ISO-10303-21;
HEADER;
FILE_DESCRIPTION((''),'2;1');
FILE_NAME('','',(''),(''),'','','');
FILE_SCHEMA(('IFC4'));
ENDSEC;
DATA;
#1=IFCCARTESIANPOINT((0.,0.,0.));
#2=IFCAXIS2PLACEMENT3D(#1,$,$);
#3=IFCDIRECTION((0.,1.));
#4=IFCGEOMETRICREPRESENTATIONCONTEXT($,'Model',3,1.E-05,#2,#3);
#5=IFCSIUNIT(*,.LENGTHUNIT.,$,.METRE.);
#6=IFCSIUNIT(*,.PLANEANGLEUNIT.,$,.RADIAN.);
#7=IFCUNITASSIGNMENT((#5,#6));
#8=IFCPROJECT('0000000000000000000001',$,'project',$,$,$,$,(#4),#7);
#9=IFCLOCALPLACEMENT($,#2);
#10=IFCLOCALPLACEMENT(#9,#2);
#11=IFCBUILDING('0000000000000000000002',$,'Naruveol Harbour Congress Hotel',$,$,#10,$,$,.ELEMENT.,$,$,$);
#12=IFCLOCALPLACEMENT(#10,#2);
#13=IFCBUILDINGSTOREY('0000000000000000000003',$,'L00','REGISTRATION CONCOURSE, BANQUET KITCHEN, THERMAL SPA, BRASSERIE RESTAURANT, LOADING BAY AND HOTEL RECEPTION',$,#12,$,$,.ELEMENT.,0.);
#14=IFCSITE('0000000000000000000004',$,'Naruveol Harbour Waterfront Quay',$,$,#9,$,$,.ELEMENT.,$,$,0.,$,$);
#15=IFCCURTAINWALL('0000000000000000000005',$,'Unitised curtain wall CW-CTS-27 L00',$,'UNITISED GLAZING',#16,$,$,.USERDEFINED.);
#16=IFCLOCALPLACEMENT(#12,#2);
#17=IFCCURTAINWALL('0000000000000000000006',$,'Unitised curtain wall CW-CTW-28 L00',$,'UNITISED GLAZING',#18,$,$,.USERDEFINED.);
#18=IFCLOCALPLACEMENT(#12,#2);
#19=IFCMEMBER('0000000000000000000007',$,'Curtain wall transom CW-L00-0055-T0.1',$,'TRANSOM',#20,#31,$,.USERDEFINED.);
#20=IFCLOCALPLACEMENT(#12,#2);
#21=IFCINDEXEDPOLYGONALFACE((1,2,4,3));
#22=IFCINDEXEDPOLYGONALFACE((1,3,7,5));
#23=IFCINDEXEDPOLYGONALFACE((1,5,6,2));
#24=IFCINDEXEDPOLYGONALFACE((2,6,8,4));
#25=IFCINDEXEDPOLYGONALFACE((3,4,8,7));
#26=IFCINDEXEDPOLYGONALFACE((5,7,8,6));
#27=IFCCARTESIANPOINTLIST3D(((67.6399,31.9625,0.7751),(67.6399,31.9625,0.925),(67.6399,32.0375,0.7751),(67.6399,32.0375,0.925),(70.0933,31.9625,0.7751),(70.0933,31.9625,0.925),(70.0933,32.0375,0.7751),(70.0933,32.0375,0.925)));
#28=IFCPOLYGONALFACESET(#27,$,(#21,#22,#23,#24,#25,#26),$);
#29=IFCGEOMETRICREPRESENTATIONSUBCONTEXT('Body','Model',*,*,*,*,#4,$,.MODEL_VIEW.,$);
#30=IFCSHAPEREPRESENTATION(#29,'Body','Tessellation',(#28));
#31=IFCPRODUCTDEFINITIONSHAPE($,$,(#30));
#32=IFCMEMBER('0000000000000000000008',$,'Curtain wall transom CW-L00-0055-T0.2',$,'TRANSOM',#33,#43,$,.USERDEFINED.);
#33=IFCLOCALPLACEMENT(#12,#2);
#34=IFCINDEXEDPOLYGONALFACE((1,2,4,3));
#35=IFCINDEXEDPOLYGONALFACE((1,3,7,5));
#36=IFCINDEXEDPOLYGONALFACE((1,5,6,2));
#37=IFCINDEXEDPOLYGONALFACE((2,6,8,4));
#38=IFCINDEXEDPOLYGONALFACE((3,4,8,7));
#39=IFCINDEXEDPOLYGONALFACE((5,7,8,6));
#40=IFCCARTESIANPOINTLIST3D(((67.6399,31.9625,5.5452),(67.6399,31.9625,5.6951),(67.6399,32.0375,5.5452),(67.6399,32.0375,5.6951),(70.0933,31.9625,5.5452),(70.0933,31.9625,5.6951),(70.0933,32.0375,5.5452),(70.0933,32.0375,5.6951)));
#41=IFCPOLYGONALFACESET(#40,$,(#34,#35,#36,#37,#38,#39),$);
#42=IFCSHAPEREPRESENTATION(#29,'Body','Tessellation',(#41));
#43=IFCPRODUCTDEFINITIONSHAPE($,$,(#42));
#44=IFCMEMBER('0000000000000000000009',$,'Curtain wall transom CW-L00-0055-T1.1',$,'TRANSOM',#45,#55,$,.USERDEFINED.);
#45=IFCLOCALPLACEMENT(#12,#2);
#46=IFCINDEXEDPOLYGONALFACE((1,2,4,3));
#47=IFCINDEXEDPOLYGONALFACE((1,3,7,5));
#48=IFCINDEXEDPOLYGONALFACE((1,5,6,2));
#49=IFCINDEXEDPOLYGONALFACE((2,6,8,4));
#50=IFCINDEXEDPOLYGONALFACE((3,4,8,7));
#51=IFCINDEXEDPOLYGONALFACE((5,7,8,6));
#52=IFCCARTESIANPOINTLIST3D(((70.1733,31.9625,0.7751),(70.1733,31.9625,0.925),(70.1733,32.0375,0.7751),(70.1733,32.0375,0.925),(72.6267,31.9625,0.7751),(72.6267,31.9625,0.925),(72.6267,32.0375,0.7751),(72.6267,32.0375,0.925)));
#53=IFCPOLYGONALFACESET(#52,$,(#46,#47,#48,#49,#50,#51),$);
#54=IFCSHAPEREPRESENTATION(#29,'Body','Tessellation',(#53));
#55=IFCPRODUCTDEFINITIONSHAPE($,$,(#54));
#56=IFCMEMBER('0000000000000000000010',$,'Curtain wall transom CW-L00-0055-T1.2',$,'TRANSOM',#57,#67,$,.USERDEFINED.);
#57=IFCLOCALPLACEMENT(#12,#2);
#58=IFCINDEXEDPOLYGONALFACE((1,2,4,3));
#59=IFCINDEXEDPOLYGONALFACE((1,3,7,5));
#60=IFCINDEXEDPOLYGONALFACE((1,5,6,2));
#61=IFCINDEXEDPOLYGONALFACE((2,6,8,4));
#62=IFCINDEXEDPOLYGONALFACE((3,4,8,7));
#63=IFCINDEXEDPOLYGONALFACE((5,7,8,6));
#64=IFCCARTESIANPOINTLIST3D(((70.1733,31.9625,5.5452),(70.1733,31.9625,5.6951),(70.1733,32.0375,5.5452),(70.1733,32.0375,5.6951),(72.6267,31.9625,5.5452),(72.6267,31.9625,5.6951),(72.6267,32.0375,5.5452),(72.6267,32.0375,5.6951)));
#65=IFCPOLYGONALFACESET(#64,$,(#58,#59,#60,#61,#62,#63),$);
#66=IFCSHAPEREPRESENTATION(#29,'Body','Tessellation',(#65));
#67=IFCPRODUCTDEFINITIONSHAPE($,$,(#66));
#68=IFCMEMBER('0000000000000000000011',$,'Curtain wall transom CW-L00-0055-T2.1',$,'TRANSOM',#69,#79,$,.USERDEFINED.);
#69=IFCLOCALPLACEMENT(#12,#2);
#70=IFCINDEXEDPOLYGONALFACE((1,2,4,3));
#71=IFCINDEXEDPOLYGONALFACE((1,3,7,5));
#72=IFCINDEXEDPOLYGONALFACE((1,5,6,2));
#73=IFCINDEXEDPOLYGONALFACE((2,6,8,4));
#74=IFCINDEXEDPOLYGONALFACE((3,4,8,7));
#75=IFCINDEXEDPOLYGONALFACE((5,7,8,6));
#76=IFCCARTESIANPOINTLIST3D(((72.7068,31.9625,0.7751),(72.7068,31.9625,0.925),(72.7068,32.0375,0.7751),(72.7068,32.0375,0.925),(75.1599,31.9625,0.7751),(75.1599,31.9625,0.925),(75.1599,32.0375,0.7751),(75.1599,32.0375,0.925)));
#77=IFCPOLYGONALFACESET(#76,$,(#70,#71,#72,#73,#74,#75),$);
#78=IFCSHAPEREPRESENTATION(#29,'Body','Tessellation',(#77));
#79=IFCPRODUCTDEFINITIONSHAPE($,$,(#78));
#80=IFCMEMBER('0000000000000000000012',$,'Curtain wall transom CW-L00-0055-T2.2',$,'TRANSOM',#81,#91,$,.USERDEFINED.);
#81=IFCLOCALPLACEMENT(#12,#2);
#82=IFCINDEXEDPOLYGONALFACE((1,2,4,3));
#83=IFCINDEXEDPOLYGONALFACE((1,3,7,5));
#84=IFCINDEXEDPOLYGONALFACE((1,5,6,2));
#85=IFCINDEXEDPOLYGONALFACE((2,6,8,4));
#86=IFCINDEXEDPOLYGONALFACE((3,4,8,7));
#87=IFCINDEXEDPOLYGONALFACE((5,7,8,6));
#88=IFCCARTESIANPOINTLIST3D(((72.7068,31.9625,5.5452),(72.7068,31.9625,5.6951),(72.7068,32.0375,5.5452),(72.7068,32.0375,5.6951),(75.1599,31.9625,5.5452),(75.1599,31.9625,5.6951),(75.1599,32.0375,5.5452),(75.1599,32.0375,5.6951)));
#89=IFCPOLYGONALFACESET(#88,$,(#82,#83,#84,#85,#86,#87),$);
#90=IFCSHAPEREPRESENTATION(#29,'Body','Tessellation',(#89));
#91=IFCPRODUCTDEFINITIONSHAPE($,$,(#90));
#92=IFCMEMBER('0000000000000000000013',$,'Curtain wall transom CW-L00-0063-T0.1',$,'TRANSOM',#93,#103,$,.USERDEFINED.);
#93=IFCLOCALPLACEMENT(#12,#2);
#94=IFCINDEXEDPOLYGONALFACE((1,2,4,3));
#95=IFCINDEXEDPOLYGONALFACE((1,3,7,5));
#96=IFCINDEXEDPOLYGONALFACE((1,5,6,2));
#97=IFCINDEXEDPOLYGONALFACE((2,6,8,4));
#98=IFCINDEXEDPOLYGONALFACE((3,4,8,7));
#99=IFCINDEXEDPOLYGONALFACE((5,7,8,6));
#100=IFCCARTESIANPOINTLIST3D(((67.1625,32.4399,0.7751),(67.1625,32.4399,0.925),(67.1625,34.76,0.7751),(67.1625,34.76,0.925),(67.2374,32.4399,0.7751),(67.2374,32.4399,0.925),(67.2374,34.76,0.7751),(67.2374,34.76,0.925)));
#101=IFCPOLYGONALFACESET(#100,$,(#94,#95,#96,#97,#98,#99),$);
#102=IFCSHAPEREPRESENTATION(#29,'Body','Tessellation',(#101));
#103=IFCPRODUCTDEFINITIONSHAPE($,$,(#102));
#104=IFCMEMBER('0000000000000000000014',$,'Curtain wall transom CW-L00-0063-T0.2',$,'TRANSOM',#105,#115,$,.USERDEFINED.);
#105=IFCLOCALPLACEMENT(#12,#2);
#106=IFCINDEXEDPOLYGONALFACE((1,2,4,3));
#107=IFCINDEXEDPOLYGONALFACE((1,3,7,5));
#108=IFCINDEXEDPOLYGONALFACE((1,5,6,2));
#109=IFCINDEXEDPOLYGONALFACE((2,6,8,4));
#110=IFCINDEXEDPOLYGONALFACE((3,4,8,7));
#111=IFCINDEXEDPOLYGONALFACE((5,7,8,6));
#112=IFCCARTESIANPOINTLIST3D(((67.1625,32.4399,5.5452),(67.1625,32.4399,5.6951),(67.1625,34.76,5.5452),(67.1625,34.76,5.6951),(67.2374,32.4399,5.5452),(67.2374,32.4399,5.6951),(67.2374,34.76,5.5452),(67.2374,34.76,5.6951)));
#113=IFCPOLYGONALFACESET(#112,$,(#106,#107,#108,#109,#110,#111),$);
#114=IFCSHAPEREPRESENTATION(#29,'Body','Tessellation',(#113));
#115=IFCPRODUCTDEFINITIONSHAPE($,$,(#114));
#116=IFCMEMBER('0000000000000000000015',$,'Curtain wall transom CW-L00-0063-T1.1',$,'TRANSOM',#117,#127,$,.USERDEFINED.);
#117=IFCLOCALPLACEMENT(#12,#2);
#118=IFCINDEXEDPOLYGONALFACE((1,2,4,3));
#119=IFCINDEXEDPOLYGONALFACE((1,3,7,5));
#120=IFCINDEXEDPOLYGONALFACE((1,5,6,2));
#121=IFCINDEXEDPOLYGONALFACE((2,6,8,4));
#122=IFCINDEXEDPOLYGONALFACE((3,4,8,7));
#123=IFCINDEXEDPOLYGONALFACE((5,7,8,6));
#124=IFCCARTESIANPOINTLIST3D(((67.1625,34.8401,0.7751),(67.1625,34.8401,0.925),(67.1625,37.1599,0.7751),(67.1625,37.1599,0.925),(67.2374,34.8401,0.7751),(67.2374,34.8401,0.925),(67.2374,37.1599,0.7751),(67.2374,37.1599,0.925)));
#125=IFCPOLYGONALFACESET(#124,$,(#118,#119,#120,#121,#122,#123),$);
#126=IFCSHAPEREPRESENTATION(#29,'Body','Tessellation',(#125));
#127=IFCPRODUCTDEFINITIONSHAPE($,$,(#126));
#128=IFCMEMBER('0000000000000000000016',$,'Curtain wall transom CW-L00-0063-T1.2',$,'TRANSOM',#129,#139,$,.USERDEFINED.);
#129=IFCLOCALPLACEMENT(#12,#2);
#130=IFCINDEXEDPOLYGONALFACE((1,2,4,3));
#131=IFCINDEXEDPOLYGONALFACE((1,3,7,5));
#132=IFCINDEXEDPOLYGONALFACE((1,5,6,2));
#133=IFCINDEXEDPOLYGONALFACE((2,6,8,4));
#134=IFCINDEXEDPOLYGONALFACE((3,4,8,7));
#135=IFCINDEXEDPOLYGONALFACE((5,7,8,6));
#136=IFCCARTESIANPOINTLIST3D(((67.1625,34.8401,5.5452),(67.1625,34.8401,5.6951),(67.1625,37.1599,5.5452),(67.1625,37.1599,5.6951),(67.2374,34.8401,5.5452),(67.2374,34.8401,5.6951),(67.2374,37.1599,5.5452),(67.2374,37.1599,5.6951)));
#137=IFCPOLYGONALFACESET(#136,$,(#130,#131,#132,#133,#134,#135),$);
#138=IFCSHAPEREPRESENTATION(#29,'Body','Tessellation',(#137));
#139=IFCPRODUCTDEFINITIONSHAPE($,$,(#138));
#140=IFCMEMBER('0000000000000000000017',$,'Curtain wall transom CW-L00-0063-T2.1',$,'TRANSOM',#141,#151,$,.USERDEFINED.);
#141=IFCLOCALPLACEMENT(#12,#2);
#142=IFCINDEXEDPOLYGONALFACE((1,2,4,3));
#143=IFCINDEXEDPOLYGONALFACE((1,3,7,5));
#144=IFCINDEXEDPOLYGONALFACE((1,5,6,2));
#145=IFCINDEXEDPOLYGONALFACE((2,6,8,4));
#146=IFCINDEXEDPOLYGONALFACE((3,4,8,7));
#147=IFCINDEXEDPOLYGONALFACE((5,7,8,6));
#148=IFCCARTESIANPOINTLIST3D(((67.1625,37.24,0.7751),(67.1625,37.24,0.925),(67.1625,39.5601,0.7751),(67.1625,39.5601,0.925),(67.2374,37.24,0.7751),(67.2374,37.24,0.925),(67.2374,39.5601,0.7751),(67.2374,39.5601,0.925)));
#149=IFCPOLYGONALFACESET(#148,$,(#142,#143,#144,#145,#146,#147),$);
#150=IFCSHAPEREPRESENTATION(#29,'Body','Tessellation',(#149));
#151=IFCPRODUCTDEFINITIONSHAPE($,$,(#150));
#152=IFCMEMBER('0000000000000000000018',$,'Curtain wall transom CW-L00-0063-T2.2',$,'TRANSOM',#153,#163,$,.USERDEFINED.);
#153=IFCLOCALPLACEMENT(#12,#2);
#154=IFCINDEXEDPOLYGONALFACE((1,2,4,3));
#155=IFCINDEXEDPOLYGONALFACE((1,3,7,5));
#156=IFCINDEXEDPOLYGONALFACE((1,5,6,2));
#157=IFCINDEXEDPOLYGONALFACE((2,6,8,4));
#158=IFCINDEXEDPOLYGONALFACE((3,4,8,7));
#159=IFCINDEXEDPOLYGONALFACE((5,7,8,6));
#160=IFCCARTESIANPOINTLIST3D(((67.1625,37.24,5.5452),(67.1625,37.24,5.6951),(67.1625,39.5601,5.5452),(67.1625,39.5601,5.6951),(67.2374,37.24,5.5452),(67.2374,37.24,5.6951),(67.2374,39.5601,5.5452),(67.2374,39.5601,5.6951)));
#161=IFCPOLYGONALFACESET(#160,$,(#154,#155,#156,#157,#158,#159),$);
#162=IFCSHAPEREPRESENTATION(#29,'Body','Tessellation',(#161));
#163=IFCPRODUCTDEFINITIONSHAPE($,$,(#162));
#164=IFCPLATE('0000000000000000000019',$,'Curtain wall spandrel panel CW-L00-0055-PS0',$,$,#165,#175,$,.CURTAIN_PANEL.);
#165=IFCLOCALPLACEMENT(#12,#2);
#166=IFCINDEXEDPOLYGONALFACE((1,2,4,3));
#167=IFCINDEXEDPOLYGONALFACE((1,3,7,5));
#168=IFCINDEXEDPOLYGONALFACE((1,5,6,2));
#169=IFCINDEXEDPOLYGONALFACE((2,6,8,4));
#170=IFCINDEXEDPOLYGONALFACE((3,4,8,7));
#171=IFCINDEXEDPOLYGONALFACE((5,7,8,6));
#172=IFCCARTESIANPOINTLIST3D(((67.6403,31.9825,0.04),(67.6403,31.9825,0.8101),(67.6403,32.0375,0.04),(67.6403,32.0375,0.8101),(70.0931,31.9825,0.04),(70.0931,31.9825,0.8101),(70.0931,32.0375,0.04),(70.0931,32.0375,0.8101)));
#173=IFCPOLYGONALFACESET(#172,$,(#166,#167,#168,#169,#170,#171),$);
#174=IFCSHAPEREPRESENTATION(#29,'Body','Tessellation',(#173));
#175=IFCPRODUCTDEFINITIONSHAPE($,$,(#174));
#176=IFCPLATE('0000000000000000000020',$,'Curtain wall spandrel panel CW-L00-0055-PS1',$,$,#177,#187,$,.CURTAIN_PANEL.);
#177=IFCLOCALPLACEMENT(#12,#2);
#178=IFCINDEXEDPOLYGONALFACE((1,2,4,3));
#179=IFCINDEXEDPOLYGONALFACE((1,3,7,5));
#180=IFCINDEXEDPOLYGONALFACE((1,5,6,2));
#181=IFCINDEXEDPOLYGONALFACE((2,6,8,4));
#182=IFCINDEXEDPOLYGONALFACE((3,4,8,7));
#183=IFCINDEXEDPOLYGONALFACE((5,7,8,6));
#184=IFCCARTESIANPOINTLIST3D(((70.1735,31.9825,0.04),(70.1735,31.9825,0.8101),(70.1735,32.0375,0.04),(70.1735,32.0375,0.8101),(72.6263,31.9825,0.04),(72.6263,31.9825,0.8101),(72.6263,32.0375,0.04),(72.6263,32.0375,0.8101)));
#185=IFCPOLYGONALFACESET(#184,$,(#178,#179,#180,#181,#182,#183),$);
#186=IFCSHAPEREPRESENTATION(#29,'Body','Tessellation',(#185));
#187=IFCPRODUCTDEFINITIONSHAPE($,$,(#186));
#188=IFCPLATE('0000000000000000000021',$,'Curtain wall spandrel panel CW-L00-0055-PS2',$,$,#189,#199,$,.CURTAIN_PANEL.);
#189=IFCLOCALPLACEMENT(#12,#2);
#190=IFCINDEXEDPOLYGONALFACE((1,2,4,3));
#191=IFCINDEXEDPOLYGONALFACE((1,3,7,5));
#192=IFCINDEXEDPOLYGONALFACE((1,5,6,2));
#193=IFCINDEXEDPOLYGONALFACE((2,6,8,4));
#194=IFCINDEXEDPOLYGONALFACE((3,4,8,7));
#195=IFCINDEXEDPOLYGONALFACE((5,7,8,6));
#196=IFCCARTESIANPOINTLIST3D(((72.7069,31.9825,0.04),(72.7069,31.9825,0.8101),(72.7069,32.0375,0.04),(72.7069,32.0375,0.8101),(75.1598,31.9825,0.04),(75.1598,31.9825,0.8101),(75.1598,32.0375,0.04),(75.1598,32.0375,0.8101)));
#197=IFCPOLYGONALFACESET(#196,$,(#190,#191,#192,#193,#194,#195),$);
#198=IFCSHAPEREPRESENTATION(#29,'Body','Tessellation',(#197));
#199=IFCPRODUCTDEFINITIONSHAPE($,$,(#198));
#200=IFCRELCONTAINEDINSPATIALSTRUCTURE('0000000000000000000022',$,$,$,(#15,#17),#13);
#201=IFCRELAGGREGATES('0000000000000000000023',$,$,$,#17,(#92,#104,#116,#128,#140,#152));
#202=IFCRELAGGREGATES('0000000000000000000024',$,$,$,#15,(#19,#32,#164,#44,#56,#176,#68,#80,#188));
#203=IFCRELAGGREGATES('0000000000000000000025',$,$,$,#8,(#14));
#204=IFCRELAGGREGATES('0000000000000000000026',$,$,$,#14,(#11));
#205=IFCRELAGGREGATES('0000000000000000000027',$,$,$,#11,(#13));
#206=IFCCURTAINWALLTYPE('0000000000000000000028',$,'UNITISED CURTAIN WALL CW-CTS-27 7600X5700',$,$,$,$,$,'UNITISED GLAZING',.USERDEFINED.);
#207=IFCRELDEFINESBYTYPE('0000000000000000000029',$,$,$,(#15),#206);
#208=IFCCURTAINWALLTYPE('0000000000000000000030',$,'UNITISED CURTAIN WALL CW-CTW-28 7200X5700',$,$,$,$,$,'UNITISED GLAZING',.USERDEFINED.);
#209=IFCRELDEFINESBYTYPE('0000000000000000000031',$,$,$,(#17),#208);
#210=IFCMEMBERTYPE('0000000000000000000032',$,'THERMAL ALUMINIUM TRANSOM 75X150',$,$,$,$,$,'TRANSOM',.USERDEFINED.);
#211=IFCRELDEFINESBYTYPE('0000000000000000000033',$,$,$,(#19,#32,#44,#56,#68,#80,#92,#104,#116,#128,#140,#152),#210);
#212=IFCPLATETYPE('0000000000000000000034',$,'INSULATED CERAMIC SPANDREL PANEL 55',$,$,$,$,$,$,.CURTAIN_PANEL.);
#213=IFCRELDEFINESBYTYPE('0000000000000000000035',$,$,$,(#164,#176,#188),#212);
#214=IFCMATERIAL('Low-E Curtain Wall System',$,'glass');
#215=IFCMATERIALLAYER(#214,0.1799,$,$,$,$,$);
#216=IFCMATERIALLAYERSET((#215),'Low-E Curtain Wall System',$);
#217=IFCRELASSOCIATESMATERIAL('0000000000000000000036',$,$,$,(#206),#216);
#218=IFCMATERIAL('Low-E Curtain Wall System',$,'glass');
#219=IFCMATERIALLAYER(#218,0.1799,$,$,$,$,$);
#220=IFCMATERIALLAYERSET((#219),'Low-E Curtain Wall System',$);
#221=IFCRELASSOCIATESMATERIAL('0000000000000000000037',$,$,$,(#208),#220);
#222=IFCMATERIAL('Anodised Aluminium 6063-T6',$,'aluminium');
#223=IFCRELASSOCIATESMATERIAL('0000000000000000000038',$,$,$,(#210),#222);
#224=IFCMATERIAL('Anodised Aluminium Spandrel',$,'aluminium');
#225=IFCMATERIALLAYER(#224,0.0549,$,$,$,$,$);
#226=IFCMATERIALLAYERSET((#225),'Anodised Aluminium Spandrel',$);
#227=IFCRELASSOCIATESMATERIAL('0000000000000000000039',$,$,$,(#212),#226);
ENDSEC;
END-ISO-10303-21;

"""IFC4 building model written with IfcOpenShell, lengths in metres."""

from ifc_helpers import new_model, si_unit, direction, frame, origin, origin_2d, place, context, subcontext, project, spatial, rectangle, extrude, material, layer, layer_set, material_profile, profile_set, type_object, element, aggregate, save


model = new_model("IFC4")

# Units and contexts
model_context = context("Model", 3, precision=1e-05, world=origin(), true_north=direction((0.0, 1.0)))
body_context = subcontext(model_context, "Body", "Model", "MODEL_VIEW")
ifc_project = project(units=[si_unit("LENGTHUNIT", "METRE"), si_unit("PLANEANGLEUNIT", "RADIAN")], contexts=[model_context])

# Site, building, storey
site_placement = place(None, origin())
site = spatial("IfcSite", under=ifc_project, at=site_placement, Name="Naruveol Harbour Waterfront Quay", CompositionType="ELEMENT", RefElevation=0.0)
building_placement = place(site_placement, origin())
building = spatial("IfcBuilding", under=site, at=building_placement, Name="Naruveol Harbour Congress Hotel", CompositionType="ELEMENT")
storey_placement = place(building_placement, origin())
storey = spatial("IfcBuildingStorey", under=building, at=storey_placement, Name="L00", Description="REGISTRATION CONCOURSE, BANQUET KITCHEN, THERMAL SPA, BRASSERIE RESTAURANT, LOADING BAY AND HOTEL RECEPTION", CompositionType="ELEMENT", Elevation=0.0)

# Curtain walls
ifc_material_1 = material(Name="Low-E Curtain Wall System", Category="glass")
ifc_layer_1 = layer(ifc_material_1, 0.1799)
ifc_layer_set_1 = layer_set([ifc_layer_1], Name="Low-E Curtain Wall System")
curtain_wall_type_1 = type_object("IfcCurtainWallType", Name="UNITISED CURTAIN WALL CW-CTS-27 7600X5700", ElementType="UNITISED GLAZING", PredefinedType="USERDEFINED", material=ifc_layer_set_1)
curtain_wall_1_placement = place(storey_placement, origin())
curtain_wall_1 = element("IfcCurtainWall", 1, at=curtain_wall_1_placement, inside=storey, type_object=curtain_wall_type_1, Name="Unitised curtain wall CW-CTS-27 L00", ObjectType="UNITISED GLAZING", PredefinedType="USERDEFINED")
ifc_material_2 = material(Name="Low-E Curtain Wall System", Category="glass")
ifc_layer_2 = layer(ifc_material_2, 0.1799)
ifc_layer_set_2 = layer_set([ifc_layer_2], Name="Low-E Curtain Wall System")
curtain_wall_type_2 = type_object("IfcCurtainWallType", Name="UNITISED CURTAIN WALL CW-CTW-28 7200X5700", ElementType="UNITISED GLAZING", PredefinedType="USERDEFINED", material=ifc_layer_set_2)
curtain_wall_2_placement = place(storey_placement, origin())
curtain_wall_2 = element("IfcCurtainWall", 2, at=curtain_wall_2_placement, inside=storey, type_object=curtain_wall_type_2, Name="Unitised curtain wall CW-CTW-28 L00", ObjectType="UNITISED GLAZING", PredefinedType="USERDEFINED")

# Members
ifc_material_3 = material(Name="Anodised Aluminium 6063-T6", Category="aluminium")
ifc_material_profile_1 = material_profile(ifc_material_3, rectangle(XDim=0.075, YDim=0.1499, at=origin_2d()), Name="ALU-75x150")
ifc_profile_set_1 = profile_set([ifc_material_profile_1], Name="Anodised Aluminium 6063-T6")
member_type_1 = type_object("IfcMemberType", Name="THERMAL ALUMINIUM TRANSOM 75X150", ElementType="TRANSOM", PredefinedType="USERDEFINED", material=ifc_profile_set_1)
member_1_placement = place(storey_placement, frame((67.6399, 32.0, 0.8501), z_axis=(1.0, 0.0, 0.0), x_axis=(0.0, 1.0, 0.0)))
member_1 = element("IfcMember", 3, at=member_1_placement, type_object=member_type_1, Name="Curtain wall transom CW-L00-0055-T0.1", ObjectType="TRANSOM", PredefinedType="USERDEFINED", context=body_context, shape_type="SweptSolid", body=[
    extrude(rectangle(XDim=0.075, YDim=0.1499, at=origin_2d()), origin(), (0.0, 0.0, 1.0), 2.4534),
])
member_2_placement = place(storey_placement, frame((67.6399, 32.0, 5.6201), z_axis=(1.0, 0.0, 0.0), x_axis=(0.0, 1.0, 0.0)))
member_2 = element("IfcMember", 4, at=member_2_placement, type_object=member_type_1, Name="Curtain wall transom CW-L00-0055-T0.2", ObjectType="TRANSOM", PredefinedType="USERDEFINED", context=body_context, shape_type="SweptSolid", body=[
    extrude(rectangle(XDim=0.075, YDim=0.1499, at=origin_2d()), origin(), (0.0, 0.0, 1.0), 2.4534),
])
member_3_placement = place(storey_placement, frame((70.1733, 32.0, 0.8501), z_axis=(1.0, 0.0, 0.0), x_axis=(0.0, 1.0, 0.0)))
member_3 = element("IfcMember", 5, at=member_3_placement, type_object=member_type_1, Name="Curtain wall transom CW-L00-0055-T1.1", ObjectType="TRANSOM", PredefinedType="USERDEFINED", context=body_context, shape_type="SweptSolid", body=[
    extrude(rectangle(XDim=0.075, YDim=0.1499, at=origin_2d()), origin(), (0.0, 0.0, 1.0), 2.4534),
])
member_4_placement = place(storey_placement, frame((70.1733, 32.0, 5.6201), z_axis=(1.0, 0.0, 0.0), x_axis=(0.0, 1.0, 0.0)))
member_4 = element("IfcMember", 6, at=member_4_placement, type_object=member_type_1, Name="Curtain wall transom CW-L00-0055-T1.2", ObjectType="TRANSOM", PredefinedType="USERDEFINED", context=body_context, shape_type="SweptSolid", body=[
    extrude(rectangle(XDim=0.075, YDim=0.1499, at=origin_2d()), origin(), (0.0, 0.0, 1.0), 2.4534),
])
member_5_placement = place(storey_placement, frame((72.7068, 32.0, 0.8501), z_axis=(1.0, 0.0, 0.0), x_axis=(0.0, 1.0, 0.0)))
member_5 = element("IfcMember", 7, at=member_5_placement, type_object=member_type_1, Name="Curtain wall transom CW-L00-0055-T2.1", ObjectType="TRANSOM", PredefinedType="USERDEFINED", context=body_context, shape_type="SweptSolid", body=[
    extrude(rectangle(XDim=0.075, YDim=0.1499, at=origin_2d()), origin(), (0.0, 0.0, 1.0), 2.4531),
])
member_6_placement = place(storey_placement, frame((72.7068, 32.0, 5.6201), z_axis=(1.0, 0.0, 0.0), x_axis=(0.0, 1.0, 0.0)))
member_6 = element("IfcMember", 8, at=member_6_placement, type_object=member_type_1, Name="Curtain wall transom CW-L00-0055-T2.2", ObjectType="TRANSOM", PredefinedType="USERDEFINED", context=body_context, shape_type="SweptSolid", body=[
    extrude(rectangle(XDim=0.075, YDim=0.1499, at=origin_2d()), origin(), (0.0, 0.0, 1.0), 2.4531),
])
member_7_placement = place(storey_placement, frame((67.2, 32.4399, 0.8501), z_axis=(0.0, 1.0, 0.0), x_axis=(-1.0, 0.0, 0.0)))
member_7 = element("IfcMember", 9, at=member_7_placement, type_object=member_type_1, Name="Curtain wall transom CW-L00-0063-T0.1", ObjectType="TRANSOM", PredefinedType="USERDEFINED", context=body_context, shape_type="SweptSolid", body=[
    extrude(rectangle(XDim=0.075, YDim=0.1499, at=origin_2d()), origin(), (0.0, 0.0, 1.0), 2.3201),
])
member_8_placement = place(storey_placement, frame((67.2, 32.4399, 5.6201), z_axis=(0.0, 1.0, 0.0), x_axis=(-1.0, 0.0, 0.0)))
member_8 = element("IfcMember", 10, at=member_8_placement, type_object=member_type_1, Name="Curtain wall transom CW-L00-0063-T0.2", ObjectType="TRANSOM", PredefinedType="USERDEFINED", context=body_context, shape_type="SweptSolid", body=[
    extrude(rectangle(XDim=0.075, YDim=0.1499, at=origin_2d()), origin(), (0.0, 0.0, 1.0), 2.3201),
])
member_9_placement = place(storey_placement, frame((67.2, 34.8401, 0.8501), z_axis=(0.0, 1.0, 0.0), x_axis=(-1.0, 0.0, 0.0)))
member_9 = element("IfcMember", 11, at=member_9_placement, type_object=member_type_1, Name="Curtain wall transom CW-L00-0063-T1.1", ObjectType="TRANSOM", PredefinedType="USERDEFINED", context=body_context, shape_type="SweptSolid", body=[
    extrude(rectangle(XDim=0.075, YDim=0.1499, at=origin_2d()), origin(), (0.0, 0.0, 1.0), 2.3198),
])
member_10_placement = place(storey_placement, frame((67.2, 34.8401, 5.6201), z_axis=(0.0, 1.0, 0.0), x_axis=(-1.0, 0.0, 0.0)))
member_10 = element("IfcMember", 12, at=member_10_placement, type_object=member_type_1, Name="Curtain wall transom CW-L00-0063-T1.2", ObjectType="TRANSOM", PredefinedType="USERDEFINED", context=body_context, shape_type="SweptSolid", body=[
    extrude(rectangle(XDim=0.075, YDim=0.1499, at=origin_2d()), origin(), (0.0, 0.0, 1.0), 2.3198),
])
member_11_placement = place(storey_placement, frame((67.2, 37.24, 0.8501), z_axis=(0.0, 1.0, 0.0), x_axis=(-1.0, 0.0, 0.0)))
member_11 = element("IfcMember", 13, at=member_11_placement, type_object=member_type_1, Name="Curtain wall transom CW-L00-0063-T2.1", ObjectType="TRANSOM", PredefinedType="USERDEFINED", context=body_context, shape_type="SweptSolid", body=[
    extrude(rectangle(XDim=0.075, YDim=0.1499, at=origin_2d()), origin(), (0.0, 0.0, 1.0), 2.3201),
])
member_12_placement = place(storey_placement, frame((67.2, 37.24, 5.6201), z_axis=(0.0, 1.0, 0.0), x_axis=(-1.0, 0.0, 0.0)))
member_12 = element("IfcMember", 14, at=member_12_placement, type_object=member_type_1, Name="Curtain wall transom CW-L00-0063-T2.2", ObjectType="TRANSOM", PredefinedType="USERDEFINED", context=body_context, shape_type="SweptSolid", body=[
    extrude(rectangle(XDim=0.075, YDim=0.1499, at=origin_2d()), origin(), (0.0, 0.0, 1.0), 2.3201),
])
aggregate(curtain_wall_2, [member_7, member_8, member_9, member_10, member_11, member_12])

# Plates
ifc_material_4 = material(Name="Anodised Aluminium Spandrel", Category="aluminium")
ifc_layer_3 = layer(ifc_material_4, 0.0549)
ifc_layer_set_3 = layer_set([ifc_layer_3], Name="Anodised Aluminium Spandrel")
plate_type_1 = type_object("IfcPlateType", Name="INSULATED CERAMIC SPANDREL PANEL 55", PredefinedType="CURTAIN_PANEL", material=ifc_layer_set_3)
plate_1_placement = place(storey_placement, frame((68.8667, 32.01, 0.04), z_axis=(0.0, 0.0, 1.0), x_axis=(1.0, 0.0, 0.0)))
plate_1 = element("IfcPlate", 15, at=plate_1_placement, type_object=plate_type_1, Name="Curtain wall spandrel panel CW-L00-0055-PS0", PredefinedType="CURTAIN_PANEL", context=body_context, shape_type="SweptSolid", body=[
    extrude(rectangle(XDim=2.4529, YDim=0.0549, at=origin_2d()), origin(), (0.0, 0.0, 1.0), 0.77),
])
plate_2_placement = place(storey_placement, frame((71.3999, 32.01, 0.04), z_axis=(0.0, 0.0, 1.0), x_axis=(1.0, 0.0, 0.0)))
plate_2 = element("IfcPlate", 16, at=plate_2_placement, type_object=plate_type_1, Name="Curtain wall spandrel panel CW-L00-0055-PS1", PredefinedType="CURTAIN_PANEL", context=body_context, shape_type="SweptSolid", body=[
    extrude(rectangle(XDim=2.4529, YDim=0.0549, at=origin_2d()), origin(), (0.0, 0.0, 1.0), 0.77),
])
plate_3_placement = place(storey_placement, frame((73.9333, 32.01, 0.04), z_axis=(0.0, 0.0, 1.0), x_axis=(1.0, 0.0, 0.0)))
plate_3 = element("IfcPlate", 17, at=plate_3_placement, type_object=plate_type_1, Name="Curtain wall spandrel panel CW-L00-0055-PS2", PredefinedType="CURTAIN_PANEL", context=body_context, shape_type="SweptSolid", body=[
    extrude(rectangle(XDim=2.4529, YDim=0.0549, at=origin_2d()), origin(), (0.0, 0.0, 1.0), 0.77),
])
aggregate(curtain_wall_1, [member_1, member_2, plate_1, member_3, member_4, plate_2, member_5, member_6, plate_3])

save(model, "model.ifc")
